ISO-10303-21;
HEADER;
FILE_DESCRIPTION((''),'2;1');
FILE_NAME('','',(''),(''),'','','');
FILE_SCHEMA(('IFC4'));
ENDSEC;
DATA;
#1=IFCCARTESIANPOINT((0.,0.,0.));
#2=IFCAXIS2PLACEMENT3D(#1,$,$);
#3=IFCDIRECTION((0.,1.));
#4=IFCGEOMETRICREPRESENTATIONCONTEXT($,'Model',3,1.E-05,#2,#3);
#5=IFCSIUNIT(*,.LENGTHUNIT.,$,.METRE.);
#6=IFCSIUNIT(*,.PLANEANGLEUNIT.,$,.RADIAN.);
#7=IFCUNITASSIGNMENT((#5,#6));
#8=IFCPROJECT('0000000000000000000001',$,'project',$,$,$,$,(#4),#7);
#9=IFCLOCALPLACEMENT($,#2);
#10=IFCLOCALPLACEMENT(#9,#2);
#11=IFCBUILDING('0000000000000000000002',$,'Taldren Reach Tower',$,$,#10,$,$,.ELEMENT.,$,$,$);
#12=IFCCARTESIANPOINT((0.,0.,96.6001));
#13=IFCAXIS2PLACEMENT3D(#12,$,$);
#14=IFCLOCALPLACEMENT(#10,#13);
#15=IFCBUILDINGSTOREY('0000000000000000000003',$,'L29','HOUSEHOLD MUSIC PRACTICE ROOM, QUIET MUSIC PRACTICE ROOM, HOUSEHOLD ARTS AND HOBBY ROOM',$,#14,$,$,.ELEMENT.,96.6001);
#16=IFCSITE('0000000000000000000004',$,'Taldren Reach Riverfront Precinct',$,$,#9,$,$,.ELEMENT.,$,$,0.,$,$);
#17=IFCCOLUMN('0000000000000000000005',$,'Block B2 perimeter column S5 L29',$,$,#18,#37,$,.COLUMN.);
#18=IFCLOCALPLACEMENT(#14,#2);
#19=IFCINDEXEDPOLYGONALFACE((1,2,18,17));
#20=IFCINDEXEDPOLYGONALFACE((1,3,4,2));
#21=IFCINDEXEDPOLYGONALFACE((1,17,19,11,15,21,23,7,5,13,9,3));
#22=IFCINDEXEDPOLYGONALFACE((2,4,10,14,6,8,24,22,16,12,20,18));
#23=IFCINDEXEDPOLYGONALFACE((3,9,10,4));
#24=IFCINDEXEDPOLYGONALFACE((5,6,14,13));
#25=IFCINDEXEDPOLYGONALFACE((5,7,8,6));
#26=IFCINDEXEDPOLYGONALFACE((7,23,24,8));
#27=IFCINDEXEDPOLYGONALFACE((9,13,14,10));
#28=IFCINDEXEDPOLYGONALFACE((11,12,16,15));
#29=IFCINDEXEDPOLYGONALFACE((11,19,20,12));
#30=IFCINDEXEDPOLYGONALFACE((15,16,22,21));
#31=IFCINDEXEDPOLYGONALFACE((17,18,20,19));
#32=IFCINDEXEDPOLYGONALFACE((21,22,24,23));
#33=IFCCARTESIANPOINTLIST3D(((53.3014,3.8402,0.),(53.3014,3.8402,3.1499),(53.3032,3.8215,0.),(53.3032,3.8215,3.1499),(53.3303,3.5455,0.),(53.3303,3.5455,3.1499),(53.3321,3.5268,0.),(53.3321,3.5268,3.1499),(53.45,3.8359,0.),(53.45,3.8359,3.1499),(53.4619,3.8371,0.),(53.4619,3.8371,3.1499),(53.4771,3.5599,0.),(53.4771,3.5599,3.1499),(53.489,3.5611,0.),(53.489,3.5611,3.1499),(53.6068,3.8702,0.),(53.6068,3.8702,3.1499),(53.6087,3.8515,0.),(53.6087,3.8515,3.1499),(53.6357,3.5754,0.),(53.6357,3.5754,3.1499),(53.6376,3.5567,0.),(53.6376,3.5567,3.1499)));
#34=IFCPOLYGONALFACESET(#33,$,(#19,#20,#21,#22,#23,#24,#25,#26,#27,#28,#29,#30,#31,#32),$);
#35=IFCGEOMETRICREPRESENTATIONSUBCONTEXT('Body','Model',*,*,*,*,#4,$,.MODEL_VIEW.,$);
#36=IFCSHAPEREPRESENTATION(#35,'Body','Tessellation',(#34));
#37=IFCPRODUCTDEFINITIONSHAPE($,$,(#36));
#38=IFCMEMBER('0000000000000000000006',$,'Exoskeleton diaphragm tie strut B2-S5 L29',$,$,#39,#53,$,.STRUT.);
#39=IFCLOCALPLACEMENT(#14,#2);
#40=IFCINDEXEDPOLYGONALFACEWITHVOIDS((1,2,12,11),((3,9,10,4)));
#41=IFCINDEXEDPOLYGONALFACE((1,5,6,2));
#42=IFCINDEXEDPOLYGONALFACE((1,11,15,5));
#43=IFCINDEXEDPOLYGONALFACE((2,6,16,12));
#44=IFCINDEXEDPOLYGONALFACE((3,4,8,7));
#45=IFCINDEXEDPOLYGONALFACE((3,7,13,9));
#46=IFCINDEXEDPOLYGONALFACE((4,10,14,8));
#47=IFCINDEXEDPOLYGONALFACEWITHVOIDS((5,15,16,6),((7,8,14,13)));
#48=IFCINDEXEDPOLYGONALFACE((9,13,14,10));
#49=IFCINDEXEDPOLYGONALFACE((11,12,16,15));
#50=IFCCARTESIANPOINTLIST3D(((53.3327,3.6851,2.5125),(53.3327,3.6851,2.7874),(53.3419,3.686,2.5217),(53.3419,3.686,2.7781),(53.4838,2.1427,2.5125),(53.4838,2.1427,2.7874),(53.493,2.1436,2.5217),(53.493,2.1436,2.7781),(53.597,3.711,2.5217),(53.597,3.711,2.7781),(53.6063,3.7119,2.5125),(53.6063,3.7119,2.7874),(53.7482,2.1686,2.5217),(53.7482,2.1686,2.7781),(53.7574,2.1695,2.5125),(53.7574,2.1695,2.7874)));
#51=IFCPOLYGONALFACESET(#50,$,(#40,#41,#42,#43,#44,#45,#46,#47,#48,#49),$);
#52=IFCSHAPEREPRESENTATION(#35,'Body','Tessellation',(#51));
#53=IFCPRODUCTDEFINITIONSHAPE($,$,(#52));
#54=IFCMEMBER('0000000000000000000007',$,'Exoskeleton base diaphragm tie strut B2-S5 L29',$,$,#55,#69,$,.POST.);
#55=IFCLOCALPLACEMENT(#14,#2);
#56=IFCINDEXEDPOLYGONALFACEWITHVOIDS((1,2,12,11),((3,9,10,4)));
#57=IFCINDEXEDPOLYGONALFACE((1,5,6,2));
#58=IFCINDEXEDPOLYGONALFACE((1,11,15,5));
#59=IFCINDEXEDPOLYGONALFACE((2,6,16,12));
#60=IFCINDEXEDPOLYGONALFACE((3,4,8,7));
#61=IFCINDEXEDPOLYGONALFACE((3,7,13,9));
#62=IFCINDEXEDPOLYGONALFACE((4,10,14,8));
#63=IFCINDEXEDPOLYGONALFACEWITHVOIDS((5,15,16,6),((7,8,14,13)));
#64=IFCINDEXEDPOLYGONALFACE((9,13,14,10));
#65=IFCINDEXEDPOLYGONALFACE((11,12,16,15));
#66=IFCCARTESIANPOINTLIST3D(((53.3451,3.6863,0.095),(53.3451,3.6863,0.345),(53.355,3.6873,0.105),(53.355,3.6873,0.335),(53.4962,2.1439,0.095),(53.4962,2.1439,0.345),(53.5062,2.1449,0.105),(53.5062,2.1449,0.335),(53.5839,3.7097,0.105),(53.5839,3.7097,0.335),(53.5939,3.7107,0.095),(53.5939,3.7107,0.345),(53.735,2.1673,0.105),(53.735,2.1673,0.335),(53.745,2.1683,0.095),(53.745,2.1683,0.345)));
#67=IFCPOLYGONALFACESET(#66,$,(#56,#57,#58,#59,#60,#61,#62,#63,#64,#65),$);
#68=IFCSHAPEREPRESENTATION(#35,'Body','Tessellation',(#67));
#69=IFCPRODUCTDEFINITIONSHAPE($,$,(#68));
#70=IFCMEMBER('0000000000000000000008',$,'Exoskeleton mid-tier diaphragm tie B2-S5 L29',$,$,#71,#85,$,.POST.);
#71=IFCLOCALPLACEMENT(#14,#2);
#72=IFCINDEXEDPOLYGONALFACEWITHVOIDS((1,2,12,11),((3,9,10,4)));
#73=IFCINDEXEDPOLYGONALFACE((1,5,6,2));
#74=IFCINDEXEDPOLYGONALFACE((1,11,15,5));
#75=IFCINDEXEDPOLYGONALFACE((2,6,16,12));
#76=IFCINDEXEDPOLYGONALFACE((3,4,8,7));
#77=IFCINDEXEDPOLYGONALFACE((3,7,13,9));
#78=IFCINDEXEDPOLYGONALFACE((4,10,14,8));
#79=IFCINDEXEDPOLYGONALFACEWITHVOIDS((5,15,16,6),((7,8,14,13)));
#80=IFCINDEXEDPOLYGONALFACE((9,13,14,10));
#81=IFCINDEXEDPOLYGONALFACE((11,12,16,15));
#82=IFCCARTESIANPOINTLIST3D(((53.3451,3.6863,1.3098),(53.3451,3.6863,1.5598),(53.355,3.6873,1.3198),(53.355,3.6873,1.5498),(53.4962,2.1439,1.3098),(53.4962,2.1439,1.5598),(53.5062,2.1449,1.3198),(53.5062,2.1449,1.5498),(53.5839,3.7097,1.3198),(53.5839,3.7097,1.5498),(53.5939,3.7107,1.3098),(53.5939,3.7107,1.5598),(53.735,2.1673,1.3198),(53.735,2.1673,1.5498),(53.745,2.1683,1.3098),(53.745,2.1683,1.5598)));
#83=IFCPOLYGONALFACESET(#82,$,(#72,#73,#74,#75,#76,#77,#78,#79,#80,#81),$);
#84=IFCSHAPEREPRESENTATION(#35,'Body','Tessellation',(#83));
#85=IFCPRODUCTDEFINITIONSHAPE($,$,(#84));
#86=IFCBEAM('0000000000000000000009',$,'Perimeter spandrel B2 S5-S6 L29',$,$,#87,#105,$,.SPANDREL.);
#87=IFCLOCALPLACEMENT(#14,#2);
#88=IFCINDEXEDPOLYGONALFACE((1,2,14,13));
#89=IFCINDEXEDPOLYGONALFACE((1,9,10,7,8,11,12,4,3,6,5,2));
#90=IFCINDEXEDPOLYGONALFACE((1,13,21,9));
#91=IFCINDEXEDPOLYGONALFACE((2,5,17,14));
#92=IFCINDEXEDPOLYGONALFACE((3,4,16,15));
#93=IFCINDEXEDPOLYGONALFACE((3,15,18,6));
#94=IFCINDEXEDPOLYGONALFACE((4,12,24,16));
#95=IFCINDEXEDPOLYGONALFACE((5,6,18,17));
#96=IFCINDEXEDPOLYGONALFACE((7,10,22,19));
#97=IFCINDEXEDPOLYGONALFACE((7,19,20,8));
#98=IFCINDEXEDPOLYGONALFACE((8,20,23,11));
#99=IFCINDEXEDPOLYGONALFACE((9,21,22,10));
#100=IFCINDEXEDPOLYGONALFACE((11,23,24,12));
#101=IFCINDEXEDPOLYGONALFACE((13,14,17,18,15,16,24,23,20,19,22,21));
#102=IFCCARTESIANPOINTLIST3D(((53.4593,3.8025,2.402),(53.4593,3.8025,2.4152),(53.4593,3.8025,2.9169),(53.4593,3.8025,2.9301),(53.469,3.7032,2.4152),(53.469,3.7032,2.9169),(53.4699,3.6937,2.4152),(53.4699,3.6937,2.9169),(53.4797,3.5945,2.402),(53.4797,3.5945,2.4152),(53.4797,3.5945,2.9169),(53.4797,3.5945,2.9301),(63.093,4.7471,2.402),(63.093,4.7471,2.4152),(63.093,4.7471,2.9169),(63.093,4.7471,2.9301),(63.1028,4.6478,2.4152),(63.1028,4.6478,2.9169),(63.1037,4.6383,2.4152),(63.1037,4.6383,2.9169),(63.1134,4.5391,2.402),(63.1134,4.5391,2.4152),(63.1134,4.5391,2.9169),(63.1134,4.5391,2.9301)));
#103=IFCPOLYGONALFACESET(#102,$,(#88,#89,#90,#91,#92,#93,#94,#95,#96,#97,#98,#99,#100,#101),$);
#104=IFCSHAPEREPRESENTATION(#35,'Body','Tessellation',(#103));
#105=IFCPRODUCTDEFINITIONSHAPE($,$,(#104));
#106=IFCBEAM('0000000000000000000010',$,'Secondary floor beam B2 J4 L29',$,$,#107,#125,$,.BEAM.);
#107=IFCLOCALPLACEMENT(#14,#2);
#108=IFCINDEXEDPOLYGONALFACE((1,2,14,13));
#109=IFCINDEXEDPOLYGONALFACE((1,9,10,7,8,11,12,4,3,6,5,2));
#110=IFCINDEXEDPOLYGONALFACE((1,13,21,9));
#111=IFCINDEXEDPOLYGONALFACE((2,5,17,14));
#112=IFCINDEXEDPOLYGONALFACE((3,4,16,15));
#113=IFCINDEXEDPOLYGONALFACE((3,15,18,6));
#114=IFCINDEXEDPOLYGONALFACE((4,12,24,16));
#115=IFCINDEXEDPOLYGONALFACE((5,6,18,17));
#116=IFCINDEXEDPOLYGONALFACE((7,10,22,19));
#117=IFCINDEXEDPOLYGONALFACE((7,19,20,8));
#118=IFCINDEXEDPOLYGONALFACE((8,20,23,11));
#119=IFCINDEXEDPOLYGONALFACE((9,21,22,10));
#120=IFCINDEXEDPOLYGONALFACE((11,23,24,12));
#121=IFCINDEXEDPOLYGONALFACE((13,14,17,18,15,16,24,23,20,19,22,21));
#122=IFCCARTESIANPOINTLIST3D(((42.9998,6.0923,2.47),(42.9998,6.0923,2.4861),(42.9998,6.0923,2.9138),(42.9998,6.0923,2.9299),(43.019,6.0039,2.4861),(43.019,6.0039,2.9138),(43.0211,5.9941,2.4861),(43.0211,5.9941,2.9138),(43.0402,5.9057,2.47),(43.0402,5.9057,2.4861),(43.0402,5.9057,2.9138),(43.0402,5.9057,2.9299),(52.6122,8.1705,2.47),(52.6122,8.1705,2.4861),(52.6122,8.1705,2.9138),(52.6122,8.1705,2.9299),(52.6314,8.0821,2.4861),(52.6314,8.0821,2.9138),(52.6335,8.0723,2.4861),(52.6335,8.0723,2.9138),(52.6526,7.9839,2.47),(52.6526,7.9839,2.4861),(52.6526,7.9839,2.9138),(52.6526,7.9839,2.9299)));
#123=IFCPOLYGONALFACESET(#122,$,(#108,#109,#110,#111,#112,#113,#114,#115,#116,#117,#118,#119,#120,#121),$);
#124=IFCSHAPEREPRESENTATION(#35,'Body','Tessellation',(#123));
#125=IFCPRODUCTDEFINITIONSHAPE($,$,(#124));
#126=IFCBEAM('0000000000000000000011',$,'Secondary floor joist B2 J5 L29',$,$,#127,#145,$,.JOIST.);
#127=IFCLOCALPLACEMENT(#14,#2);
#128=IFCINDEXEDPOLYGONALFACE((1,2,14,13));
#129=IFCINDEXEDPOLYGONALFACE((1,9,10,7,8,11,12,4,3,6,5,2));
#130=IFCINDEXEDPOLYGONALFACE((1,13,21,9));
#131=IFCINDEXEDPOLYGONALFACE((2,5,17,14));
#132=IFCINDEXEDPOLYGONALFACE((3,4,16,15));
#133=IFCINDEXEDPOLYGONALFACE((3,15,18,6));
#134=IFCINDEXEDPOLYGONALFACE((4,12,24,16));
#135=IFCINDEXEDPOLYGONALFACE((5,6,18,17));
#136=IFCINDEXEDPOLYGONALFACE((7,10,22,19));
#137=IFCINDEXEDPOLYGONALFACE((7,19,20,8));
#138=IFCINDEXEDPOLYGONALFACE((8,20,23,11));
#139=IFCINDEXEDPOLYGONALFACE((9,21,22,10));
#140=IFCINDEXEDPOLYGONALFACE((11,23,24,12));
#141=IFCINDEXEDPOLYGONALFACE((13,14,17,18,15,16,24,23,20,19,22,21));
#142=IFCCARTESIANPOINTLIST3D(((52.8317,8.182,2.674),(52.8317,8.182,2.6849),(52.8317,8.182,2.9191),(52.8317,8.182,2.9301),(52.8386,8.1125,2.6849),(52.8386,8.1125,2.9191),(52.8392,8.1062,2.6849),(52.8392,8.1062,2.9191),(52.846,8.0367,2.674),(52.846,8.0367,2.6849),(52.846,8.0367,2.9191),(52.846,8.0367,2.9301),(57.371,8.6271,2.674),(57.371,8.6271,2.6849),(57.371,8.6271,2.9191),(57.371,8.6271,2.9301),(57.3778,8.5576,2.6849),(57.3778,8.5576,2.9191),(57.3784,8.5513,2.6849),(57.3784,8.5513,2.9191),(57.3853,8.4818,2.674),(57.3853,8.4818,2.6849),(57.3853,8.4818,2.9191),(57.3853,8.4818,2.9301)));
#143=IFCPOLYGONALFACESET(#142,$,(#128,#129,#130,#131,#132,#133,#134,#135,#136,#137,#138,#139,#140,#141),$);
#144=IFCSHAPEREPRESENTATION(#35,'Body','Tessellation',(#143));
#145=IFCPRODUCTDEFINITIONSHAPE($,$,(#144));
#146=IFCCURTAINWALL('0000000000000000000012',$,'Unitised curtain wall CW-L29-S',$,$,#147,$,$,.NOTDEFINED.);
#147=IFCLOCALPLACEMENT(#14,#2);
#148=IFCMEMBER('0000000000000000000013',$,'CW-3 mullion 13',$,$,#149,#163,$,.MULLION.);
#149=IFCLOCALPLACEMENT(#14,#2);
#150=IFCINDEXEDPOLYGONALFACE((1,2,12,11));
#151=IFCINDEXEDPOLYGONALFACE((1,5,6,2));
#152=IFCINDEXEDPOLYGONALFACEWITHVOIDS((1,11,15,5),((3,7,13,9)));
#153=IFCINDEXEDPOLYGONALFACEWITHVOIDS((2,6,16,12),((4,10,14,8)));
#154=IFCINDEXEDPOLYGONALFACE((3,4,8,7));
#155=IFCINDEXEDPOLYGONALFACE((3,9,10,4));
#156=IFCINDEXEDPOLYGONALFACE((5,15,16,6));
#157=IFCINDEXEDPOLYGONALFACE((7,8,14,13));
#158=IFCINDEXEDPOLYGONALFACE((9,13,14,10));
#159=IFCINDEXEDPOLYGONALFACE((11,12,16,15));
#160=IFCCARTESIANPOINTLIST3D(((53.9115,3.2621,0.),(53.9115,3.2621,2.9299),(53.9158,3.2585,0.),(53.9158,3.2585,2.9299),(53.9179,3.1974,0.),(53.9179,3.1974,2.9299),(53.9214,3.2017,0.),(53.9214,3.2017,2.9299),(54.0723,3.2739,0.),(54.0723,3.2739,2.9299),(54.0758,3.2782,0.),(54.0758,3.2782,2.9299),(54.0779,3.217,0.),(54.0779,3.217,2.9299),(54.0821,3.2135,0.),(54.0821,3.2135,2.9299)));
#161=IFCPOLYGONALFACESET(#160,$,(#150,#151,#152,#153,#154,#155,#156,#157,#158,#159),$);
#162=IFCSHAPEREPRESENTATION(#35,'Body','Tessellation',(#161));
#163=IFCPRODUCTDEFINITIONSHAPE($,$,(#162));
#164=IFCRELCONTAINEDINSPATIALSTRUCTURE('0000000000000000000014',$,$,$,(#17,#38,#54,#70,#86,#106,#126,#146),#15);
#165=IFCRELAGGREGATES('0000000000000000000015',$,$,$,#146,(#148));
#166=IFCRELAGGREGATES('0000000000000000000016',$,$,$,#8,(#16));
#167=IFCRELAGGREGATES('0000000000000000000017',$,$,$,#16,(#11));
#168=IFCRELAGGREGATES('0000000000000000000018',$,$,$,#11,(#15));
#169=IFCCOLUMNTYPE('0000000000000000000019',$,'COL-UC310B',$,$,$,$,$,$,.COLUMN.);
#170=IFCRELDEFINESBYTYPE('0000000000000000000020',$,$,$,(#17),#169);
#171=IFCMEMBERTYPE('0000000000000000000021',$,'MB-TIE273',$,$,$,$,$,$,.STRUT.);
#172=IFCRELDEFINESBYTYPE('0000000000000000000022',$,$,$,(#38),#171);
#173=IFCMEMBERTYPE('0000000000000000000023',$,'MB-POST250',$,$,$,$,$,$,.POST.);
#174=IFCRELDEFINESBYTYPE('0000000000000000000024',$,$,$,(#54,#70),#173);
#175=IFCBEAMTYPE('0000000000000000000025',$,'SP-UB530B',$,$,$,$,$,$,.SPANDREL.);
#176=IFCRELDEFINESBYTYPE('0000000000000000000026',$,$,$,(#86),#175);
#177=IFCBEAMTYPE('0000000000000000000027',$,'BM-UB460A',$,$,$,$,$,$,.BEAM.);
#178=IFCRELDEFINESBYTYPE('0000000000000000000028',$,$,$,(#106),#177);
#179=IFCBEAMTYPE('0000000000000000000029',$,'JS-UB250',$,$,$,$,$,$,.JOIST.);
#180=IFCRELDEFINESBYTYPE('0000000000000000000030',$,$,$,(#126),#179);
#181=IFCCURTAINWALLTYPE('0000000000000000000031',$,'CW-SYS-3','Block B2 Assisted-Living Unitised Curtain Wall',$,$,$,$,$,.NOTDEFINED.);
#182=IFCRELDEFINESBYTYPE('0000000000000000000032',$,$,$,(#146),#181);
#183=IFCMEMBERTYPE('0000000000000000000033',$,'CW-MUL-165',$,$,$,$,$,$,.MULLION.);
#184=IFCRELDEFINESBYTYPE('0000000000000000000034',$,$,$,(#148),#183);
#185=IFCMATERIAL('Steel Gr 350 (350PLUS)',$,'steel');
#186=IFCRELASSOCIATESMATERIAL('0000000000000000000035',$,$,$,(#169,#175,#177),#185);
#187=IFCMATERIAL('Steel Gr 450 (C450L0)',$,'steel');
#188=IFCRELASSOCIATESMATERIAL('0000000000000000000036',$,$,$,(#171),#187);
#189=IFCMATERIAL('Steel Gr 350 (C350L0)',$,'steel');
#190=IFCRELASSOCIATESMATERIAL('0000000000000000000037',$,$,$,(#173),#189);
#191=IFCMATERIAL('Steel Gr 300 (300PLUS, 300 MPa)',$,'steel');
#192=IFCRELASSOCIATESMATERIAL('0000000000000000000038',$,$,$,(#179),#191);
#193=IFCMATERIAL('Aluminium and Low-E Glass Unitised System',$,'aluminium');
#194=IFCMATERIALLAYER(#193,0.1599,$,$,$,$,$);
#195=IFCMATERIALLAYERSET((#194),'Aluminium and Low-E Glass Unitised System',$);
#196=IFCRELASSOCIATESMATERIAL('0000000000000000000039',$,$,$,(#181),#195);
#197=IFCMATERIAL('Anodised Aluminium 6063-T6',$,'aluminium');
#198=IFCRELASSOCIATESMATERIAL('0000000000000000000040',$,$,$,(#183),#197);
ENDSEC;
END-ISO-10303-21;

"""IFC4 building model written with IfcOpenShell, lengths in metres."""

from ifc_helpers import new_model, si_unit, direction, frame, origin, origin_2d, place, context, subcontext, project, spatial, hollow_rectangle, i_section, extrude, source, transform, mapped, material, layer, layer_set, material_profile, profile_set, type_object, element, aggregate, save


model = new_model("IFC4")

# Units and contexts
model_context = context("Model", 3, precision=1e-05, world=origin(), true_north=direction((0.0, 1.0)))
body_context = subcontext(model_context, "Body", "Model", "MODEL_VIEW")
ifc_project = project(units=[si_unit("LENGTHUNIT", "METRE"), si_unit("PLANEANGLEUNIT", "RADIAN")], contexts=[model_context])

# Site, building, storey
site_placement = place(None, origin())
site = spatial("IfcSite", under=ifc_project, at=site_placement, Name="Taldren Reach Riverfront Precinct", CompositionType="ELEMENT", RefElevation=0.0)
building_placement = place(site_placement, origin())
building = spatial("IfcBuilding", under=site, at=building_placement, Name="Taldren Reach Tower", CompositionType="ELEMENT")
storey_placement = place(building_placement, frame((0.0, 0.0, 96.6001)))
storey = spatial("IfcBuildingStorey", under=building, at=storey_placement, Name="L29", Description="HOUSEHOLD MUSIC PRACTICE ROOM, QUIET MUSIC PRACTICE ROOM, HOUSEHOLD ARTS AND HOBBY ROOM", CompositionType="ELEMENT", Elevation=96.6001)

# Column
ifc_material_1 = material(Name="Steel Gr 350 (350PLUS)", Category="steel")
ifc_material_profile_1 = material_profile(ifc_material_1, i_section(OverallWidth=0.3069, OverallDepth=0.3149, WebThickness=0.012, FlangeThickness=0.0188, at=origin_2d()), Name="310UC118")
ifc_profile_set_1 = profile_set([ifc_material_profile_1], Name="Steel Gr 350 (350PLUS)")
column_type = type_object("IfcColumnType", Name="COL-UC310B", PredefinedType="COLUMN", material=ifc_profile_set_1)
shared_shape_1 = source(origin(), body_context, "Body", "SweptSolid", [
    extrude(i_section(OverallWidth=0.3069, OverallDepth=0.3149, WebThickness=0.012, FlangeThickness=0.0188, at=origin_2d()), origin(), (0.0, 0.0, 1.0), 3.1499),
])
column_placement = place(storey_placement, frame((53.4695, 3.6985, 0.0), z_axis=(0.0, 0.0, 1.0), x_axis=(0.995227, 0.097583, 0.0)))
element("IfcColumn", 1, at=column_placement, inside=storey, type_object=column_type, Name="Block B2 perimeter column S5 L29", PredefinedType="COLUMN", context=body_context, shape_type="MappedRepresentation", body=[
    mapped(shared_shape_1, transform((0.0, 0.0, 0.0), scale=1.0)),
])

# Members
ifc_material_2 = material(Name="Steel Gr 450 (C450L0)", Category="steel")
ifc_material_profile_2 = material_profile(ifc_material_2, hollow_rectangle(XDim=0.2749, YDim=0.2749, WallThickness=0.0093, at=origin_2d()), Name="275x275x9.3SHS")
ifc_profile_set_2 = profile_set([ifc_material_profile_2], Name="Steel Gr 450 (C450L0)")
member_type_1 = type_object("IfcMemberType", Name="MB-TIE273", PredefinedType="STRUT", material=ifc_profile_set_2)
shared_shape_2 = source(origin(), body_context, "Body", "SweptSolid", [
    extrude(hollow_rectangle(XDim=0.2749, YDim=0.2749, WallThickness=0.0093, at=origin_2d()), origin(), (0.0, 0.0, 1.0), 1.5498),
])
member_1_placement = place(storey_placement, frame((53.4695, 3.6985, 2.6499), z_axis=(0.097507, -0.995235, 0.0), x_axis=(0.995235, 0.097507, 0.0)))
element("IfcMember", 2, at=member_1_placement, inside=storey, type_object=member_type_1, Name="Exoskeleton diaphragm tie strut B2-S5 L29", PredefinedType="STRUT", context=body_context, shape_type="MappedRepresentation", body=[
    mapped(shared_shape_2, transform((0.0, 0.0, 0.0), scale=1.0)),
])
ifc_material_3 = material(Name="Steel Gr 350 (C350L0)", Category="steel")
ifc_material_profile_3 = material_profile(ifc_material_3, hollow_rectangle(XDim=0.25, YDim=0.25, WallThickness=0.01, at=origin_2d()), Name="250x250x10.0SHS")
ifc_profile_set_3 = profile_set([ifc_material_profile_3], Name="Steel Gr 350 (C350L0)")
member_type_2 = type_object("IfcMemberType", Name="MB-POST250", PredefinedType="POST", material=ifc_profile_set_3)
shared_shape_3 = source(origin(), body_context, "Body", "SweptSolid", [
    extrude(hollow_rectangle(XDim=0.25, YDim=0.25, WallThickness=0.01, at=origin_2d()), origin(), (0.0, 0.0, 1.0), 1.5498),
])
for number, where, z_axis, x_axis, name in (
    (3, (53.4695, 3.6985, 0.22), (0.097507, -0.995235, 0.0), (0.995235, 0.097507, 0.0), "Exoskeleton base diaphragm tie strut B2-S5 L29"),
    (4, (53.4695, 3.6985, 1.4348), (0.097507, -0.995235, 0.0), (0.995235, 0.097507, 0.0), "Exoskeleton mid-tier diaphragm tie B2-S5 L29"),
):
    element("IfcMember", number, at=place(storey_placement, frame(where, z_axis=z_axis, x_axis=x_axis)), inside=storey, type_object=member_type_2, Name=name, PredefinedType="POST", context=body_context, shape_type="MappedRepresentation", body=[
        mapped(shared_shape_3, transform((0.0, 0.0, 0.0), scale=1.0)),
    ])

# Beams
ifc_material_profile_4 = material_profile(ifc_material_1, i_section(OverallWidth=0.209, OverallDepth=0.5281, WebThickness=0.0095, FlangeThickness=0.0132, at=origin_2d()), Name="530UB82.0")
ifc_profile_set_4 = profile_set([ifc_material_profile_4], Name="Steel Gr 350 (350PLUS)")
beam_type_1 = type_object("IfcBeamType", Name="SP-UB530B", PredefinedType="SPANDREL", material=ifc_profile_set_4)
shared_shape_4 = source(origin(), body_context, "Body", "SweptSolid", [
    extrude(i_section(OverallWidth=0.209, OverallDepth=0.5281, WebThickness=0.0095, FlangeThickness=0.0132, at=origin_2d()), origin(), (0.0, 0.0, 1.0), 9.6799),
])
beam_1_placement = place(storey_placement, frame((53.4695, 3.6985, 2.666), z_axis=(0.995228, 0.097581, 0.0), x_axis=(-0.097581, 0.995228, 0.0)))
element("IfcBeam", 5, at=beam_1_placement, inside=storey, type_object=beam_type_1, Name="Perimeter spandrel B2 S5-S6 L29", PredefinedType="SPANDREL", context=body_context, shape_type="MappedRepresentation", body=[
    mapped(shared_shape_4, transform((0.0, 0.0, 0.0), scale=1.0)),
])
ifc_material_profile_5 = material_profile(ifc_material_1, i_section(OverallWidth=0.1909, OverallDepth=0.46, WebThickness=0.01, FlangeThickness=0.0161, at=origin_2d()), Name="460UB82.1")
ifc_profile_set_5 = profile_set([ifc_material_profile_5], Name="Steel Gr 350 (350PLUS)")
beam_type_2 = type_object("IfcBeamType", Name="BM-UB460A", PredefinedType="BEAM", material=ifc_profile_set_5)
shared_shape_5 = source(origin(), body_context, "Body", "SweptSolid", [
    extrude(i_section(OverallWidth=0.1909, OverallDepth=0.46, WebThickness=0.01, FlangeThickness=0.0161, at=origin_2d()), origin(), (0.0, 0.0, 1.0), 9.8345),
])
beam_2_placement = place(storey_placement, frame((43.02, 5.999, 2.7), z_axis=(0.977419, 0.211312, 0.0), x_axis=(-0.211312, 0.977419, 0.0)))
element("IfcBeam", 6, at=beam_2_placement, inside=storey, type_object=beam_type_2, Name="Secondary floor beam B2 J4 L29", PredefinedType="BEAM", context=body_context, shape_type="MappedRepresentation", body=[
    mapped(shared_shape_5, transform((0.0, 0.0, 0.0), scale=1.0)),
])
ifc_material_4 = material(Name="Steel Gr 300 (300PLUS, 300 MPa)", Category="steel")
ifc_material_profile_6 = material_profile(ifc_material_4, i_section(OverallWidth=0.146, OverallDepth=0.2561, WebThickness=0.0063, FlangeThickness=0.011, at=origin_2d()), Name="250UB37.3")
ifc_profile_set_6 = profile_set([ifc_material_profile_6], Name="Steel Gr 300 (300PLUS, 300 MPa)")
beam_type_3 = type_object("IfcBeamType", Name="JS-UB250", PredefinedType="JOIST", material=ifc_profile_set_6)
shared_shape_6 = source(origin(), body_context, "Body", "SweptSolid", [
    extrude(i_section(OverallWidth=0.146, OverallDepth=0.2561, WebThickness=0.0063, FlangeThickness=0.011, at=origin_2d()), origin(), (0.0, 0.0, 1.0), 4.561),
])
beam_3_placement = place(storey_placement, frame((52.8389, 8.1094, 2.802), z_axis=(0.995228, 0.09758, 0.0), x_axis=(-0.09758, 0.995228, 0.0)))
element("IfcBeam", 7, at=beam_3_placement, inside=storey, type_object=beam_type_3, Name="Secondary floor joist B2 J5 L29", PredefinedType="JOIST", context=body_context, shape_type="MappedRepresentation", body=[
    mapped(shared_shape_6, transform((0.0, 0.0, 0.0), scale=1.0)),
])

# Curtain wall, member
ifc_material_5 = material(Name="Aluminium and Low-E Glass Unitised System", Category="aluminium")
ifc_layer_1 = layer(ifc_material_5, 0.1599)
ifc_layer_set_1 = layer_set([ifc_layer_1], Name="Aluminium and Low-E Glass Unitised System")
curtain_wall_type = type_object("IfcCurtainWallType", Name="CW-SYS-3", Description="Block B2 Assisted-Living Unitised Curtain Wall", PredefinedType="NOTDEFINED", material=ifc_layer_set_1)
curtain_wall_placement = place(storey_placement, origin())
curtain_wall = element("IfcCurtainWall", 8, at=curtain_wall_placement, inside=storey, type_object=curtain_wall_type, Name="Unitised curtain wall CW-L29-S", PredefinedType="NOTDEFINED")
ifc_material_6 = material(Name="Anodised Aluminium 6063-T6", Category="aluminium")
ifc_material_profile_7 = material_profile(ifc_material_6, hollow_rectangle(XDim=0.0649, YDim=0.165, WallThickness=0.0039, at=origin_2d()), Name="ALU-165x65x4RHS")
ifc_profile_set_7 = profile_set([ifc_material_profile_7], Name="Anodised Aluminium 6063-T6")
member_type_3 = type_object("IfcMemberType", Name="CW-MUL-165", PredefinedType="MULLION", material=ifc_profile_set_7)
shared_shape_7 = source(origin(), body_context, "Body", "SweptSolid", [
    extrude(hollow_rectangle(XDim=0.0649, YDim=0.165, WallThickness=0.0039, at=origin_2d()), origin(), (0.0, 0.0, 1.0), 2.9299),
])
member_2_placement = place(storey_placement, frame((53.9968, 3.2378, 0.0), z_axis=(0.0, 0.0, 1.0), x_axis=(-0.097583, 0.995227, 0.0)))
member_2 = element("IfcMember", 9, at=member_2_placement, type_object=member_type_3, Name="CW-3 mullion 13", PredefinedType="MULLION", context=body_context, shape_type="MappedRepresentation", body=[
    mapped(shared_shape_7, transform((0.0, 0.0, 0.0), scale=1.0)),
])
aggregate(curtain_wall, [member_2])

save(model, "model.ifc")
